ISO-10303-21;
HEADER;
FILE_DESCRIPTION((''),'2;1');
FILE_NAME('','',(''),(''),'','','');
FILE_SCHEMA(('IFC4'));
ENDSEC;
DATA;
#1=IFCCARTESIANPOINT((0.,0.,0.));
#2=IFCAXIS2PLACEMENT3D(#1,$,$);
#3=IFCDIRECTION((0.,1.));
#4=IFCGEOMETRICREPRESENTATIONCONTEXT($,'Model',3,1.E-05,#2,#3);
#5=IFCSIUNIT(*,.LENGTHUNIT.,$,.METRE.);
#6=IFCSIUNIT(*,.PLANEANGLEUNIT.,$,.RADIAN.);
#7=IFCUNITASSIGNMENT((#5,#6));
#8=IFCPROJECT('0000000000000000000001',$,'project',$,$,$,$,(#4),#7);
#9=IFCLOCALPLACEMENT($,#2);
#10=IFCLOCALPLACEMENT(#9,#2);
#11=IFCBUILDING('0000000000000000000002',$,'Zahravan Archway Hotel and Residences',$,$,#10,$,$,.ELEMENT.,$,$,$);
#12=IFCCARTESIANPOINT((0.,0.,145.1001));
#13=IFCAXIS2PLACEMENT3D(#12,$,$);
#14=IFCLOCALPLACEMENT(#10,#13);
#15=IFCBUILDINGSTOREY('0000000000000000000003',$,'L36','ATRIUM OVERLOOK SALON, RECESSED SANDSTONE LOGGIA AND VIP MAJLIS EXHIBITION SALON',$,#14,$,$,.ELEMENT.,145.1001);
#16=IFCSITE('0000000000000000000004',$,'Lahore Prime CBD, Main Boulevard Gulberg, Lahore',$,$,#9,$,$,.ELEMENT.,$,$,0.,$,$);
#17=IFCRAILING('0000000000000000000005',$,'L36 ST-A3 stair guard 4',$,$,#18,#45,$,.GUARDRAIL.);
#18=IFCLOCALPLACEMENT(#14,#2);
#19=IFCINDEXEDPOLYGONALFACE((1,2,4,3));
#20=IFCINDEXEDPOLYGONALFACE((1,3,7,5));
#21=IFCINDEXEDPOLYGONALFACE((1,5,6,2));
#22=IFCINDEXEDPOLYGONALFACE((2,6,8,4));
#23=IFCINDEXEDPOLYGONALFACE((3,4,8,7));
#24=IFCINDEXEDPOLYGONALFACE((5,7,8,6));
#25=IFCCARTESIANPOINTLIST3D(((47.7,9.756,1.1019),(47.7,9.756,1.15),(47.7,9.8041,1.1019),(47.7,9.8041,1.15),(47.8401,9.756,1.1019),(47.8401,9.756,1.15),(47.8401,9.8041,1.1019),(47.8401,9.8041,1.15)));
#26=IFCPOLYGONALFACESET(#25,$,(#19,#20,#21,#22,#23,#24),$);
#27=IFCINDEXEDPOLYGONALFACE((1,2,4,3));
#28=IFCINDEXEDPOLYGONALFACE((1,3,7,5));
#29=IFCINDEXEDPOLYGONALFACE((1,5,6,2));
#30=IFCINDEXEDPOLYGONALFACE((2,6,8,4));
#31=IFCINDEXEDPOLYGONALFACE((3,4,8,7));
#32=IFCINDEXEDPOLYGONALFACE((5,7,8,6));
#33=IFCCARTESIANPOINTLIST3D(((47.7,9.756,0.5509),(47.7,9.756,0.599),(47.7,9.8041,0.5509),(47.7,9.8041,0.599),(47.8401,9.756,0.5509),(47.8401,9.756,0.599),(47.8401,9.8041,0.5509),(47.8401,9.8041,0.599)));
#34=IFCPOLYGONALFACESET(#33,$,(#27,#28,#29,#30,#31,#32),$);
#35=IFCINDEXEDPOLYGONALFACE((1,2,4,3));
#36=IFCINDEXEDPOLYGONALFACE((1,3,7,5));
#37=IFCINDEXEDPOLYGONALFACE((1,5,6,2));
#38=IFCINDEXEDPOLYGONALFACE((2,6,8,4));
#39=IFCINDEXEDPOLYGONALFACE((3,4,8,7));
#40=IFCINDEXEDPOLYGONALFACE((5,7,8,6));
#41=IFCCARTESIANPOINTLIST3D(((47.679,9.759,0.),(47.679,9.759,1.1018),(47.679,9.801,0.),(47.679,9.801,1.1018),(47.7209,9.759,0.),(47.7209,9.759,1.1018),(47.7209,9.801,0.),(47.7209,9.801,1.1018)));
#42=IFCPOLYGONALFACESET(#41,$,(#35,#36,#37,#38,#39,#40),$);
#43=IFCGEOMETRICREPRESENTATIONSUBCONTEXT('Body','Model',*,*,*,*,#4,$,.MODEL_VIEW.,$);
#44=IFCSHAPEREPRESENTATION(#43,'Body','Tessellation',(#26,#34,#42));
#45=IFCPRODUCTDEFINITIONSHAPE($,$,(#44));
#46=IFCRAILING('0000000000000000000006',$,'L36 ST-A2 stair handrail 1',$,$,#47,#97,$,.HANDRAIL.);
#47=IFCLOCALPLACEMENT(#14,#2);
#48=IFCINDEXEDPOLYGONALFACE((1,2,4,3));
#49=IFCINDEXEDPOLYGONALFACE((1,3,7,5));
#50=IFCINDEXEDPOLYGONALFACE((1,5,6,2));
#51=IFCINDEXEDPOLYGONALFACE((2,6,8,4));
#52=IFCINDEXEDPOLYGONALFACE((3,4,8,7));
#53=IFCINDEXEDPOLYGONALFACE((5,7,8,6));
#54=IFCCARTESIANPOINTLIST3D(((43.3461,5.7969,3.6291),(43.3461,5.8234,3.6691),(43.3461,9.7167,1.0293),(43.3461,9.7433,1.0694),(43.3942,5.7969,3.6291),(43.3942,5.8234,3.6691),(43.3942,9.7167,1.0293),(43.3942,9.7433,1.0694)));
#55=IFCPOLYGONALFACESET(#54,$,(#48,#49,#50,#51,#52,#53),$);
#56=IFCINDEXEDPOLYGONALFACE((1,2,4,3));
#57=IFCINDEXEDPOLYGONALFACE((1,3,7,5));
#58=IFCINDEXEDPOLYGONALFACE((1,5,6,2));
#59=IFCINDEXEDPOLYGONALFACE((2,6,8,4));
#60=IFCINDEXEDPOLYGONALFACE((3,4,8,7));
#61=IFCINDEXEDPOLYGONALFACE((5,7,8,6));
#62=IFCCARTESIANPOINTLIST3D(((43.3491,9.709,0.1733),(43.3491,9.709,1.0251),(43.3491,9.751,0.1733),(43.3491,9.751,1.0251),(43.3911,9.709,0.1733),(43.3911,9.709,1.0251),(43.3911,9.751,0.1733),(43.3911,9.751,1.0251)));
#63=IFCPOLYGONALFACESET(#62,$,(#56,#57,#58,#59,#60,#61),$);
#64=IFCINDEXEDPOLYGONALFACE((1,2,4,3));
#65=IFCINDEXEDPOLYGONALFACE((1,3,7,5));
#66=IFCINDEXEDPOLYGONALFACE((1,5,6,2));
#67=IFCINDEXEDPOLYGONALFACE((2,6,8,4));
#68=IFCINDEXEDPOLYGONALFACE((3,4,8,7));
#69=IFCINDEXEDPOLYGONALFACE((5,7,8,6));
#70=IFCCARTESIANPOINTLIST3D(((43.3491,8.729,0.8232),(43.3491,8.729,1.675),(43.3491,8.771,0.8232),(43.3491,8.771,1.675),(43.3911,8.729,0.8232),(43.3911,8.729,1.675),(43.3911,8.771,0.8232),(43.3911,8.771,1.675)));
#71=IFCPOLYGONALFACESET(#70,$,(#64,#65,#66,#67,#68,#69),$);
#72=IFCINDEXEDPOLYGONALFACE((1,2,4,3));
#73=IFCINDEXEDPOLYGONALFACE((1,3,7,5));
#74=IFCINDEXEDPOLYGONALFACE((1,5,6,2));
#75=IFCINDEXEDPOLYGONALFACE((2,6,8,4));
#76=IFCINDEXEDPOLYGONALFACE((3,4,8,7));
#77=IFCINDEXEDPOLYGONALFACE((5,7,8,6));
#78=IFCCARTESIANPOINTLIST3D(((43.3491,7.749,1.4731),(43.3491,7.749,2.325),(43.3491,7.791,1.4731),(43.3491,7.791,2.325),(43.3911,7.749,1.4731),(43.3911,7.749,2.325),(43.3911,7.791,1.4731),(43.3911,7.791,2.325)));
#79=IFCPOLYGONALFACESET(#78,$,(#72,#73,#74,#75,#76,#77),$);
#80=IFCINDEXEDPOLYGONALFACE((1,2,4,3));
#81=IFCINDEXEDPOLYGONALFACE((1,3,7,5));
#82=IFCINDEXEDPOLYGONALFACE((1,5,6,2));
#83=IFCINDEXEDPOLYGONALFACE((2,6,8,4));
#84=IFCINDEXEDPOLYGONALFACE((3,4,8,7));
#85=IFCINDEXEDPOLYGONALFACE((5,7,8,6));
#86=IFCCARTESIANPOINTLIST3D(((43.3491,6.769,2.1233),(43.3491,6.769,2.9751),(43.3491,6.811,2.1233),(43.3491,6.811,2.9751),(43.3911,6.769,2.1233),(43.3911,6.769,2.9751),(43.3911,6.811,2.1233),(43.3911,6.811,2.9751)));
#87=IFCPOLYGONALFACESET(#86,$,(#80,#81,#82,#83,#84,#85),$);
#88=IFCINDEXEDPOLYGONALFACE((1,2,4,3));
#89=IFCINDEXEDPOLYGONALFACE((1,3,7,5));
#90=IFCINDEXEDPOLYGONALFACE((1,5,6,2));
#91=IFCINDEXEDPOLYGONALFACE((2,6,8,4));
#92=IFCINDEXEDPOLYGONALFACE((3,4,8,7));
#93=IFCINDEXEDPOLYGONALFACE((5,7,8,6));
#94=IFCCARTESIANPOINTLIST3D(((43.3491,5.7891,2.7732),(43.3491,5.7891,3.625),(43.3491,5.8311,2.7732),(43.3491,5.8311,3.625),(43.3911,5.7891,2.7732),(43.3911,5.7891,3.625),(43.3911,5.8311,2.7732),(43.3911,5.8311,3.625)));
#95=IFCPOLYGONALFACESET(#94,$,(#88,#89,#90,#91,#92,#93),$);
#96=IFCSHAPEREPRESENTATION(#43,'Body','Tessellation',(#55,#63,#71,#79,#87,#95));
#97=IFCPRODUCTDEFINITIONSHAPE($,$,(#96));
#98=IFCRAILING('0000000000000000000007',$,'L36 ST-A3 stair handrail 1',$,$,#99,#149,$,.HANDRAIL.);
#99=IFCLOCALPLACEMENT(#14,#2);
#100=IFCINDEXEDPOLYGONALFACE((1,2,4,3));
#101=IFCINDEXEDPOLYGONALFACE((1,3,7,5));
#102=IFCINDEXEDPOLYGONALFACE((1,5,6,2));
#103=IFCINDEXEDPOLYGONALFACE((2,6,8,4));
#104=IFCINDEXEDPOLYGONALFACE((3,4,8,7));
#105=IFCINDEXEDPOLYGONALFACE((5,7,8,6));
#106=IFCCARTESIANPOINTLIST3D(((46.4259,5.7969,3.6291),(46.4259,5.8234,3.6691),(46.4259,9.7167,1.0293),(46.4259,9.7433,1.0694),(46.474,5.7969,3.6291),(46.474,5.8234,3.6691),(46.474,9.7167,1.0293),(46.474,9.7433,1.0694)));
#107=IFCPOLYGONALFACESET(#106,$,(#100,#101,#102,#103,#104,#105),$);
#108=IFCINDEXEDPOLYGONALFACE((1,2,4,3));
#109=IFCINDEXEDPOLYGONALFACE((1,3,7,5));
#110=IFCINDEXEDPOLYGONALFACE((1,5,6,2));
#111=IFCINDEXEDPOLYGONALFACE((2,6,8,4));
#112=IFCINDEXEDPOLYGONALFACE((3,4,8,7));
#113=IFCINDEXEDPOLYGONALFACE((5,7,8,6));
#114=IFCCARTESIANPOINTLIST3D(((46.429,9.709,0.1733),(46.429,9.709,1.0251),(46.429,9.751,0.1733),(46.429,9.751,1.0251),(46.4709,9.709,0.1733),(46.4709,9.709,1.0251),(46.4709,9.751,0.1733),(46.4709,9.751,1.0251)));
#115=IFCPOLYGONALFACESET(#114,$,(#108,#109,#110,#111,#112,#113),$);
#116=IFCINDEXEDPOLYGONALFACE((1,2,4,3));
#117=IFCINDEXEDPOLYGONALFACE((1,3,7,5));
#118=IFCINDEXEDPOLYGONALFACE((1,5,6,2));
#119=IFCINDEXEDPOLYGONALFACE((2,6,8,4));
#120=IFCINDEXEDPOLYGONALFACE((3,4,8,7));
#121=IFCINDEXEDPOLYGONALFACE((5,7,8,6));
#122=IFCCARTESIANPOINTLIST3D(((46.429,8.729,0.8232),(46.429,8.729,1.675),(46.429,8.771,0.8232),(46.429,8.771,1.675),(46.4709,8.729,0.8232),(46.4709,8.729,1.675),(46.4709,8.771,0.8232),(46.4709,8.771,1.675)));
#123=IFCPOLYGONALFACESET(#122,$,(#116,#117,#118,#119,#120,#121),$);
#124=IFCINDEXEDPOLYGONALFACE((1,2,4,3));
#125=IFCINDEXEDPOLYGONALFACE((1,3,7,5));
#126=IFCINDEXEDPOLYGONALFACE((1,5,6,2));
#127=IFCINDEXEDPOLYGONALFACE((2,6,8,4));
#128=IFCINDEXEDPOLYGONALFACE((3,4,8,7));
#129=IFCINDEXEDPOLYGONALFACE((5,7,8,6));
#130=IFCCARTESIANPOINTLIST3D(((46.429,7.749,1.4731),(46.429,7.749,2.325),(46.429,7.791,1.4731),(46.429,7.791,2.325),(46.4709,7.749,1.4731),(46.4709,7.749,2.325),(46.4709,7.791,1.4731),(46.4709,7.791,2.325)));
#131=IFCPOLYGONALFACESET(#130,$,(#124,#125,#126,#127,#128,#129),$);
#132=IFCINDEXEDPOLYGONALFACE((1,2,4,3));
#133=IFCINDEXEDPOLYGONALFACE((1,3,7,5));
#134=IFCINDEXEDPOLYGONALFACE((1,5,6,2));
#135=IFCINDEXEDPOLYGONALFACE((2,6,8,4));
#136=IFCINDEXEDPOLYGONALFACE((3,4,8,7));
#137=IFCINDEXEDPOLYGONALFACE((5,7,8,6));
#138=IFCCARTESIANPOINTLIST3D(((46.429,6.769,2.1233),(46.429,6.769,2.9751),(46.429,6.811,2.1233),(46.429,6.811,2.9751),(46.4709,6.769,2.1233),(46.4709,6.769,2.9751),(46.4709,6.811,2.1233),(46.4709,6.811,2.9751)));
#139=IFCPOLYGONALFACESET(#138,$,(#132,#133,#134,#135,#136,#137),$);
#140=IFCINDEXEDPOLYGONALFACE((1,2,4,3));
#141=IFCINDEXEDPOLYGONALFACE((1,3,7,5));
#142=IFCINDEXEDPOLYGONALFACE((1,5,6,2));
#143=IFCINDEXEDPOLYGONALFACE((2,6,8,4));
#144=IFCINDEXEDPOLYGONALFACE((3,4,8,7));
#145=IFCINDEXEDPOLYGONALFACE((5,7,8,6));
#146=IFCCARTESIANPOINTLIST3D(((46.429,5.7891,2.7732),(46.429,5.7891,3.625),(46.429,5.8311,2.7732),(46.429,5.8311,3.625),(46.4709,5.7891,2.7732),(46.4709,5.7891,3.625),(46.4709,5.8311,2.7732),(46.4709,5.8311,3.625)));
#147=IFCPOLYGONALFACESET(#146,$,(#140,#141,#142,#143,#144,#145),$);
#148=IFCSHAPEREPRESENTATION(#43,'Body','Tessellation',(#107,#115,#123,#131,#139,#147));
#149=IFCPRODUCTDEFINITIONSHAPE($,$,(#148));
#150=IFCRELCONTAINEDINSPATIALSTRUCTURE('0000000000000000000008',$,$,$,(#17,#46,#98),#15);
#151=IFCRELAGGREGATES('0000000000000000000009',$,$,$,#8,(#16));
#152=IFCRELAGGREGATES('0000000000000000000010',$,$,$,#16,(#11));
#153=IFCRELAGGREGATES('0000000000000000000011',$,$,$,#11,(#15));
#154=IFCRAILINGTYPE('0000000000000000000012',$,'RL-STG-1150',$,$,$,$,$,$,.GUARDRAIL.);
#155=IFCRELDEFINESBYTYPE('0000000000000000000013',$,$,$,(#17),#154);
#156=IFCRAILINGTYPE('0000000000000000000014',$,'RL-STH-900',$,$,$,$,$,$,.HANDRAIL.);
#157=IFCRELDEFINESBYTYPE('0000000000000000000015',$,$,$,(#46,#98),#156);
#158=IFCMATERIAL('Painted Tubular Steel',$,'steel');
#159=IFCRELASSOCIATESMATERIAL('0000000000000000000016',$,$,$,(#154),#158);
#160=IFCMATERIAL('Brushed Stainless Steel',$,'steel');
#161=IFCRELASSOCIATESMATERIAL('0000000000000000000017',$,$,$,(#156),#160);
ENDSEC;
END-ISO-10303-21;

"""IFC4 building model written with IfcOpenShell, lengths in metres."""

from ifc_helpers import new_model, si_unit, direction, frame, origin, origin_2d, place, context, subcontext, project, spatial, rectangle, extrude, material, type_object, element, save


model = new_model("IFC4")

# Units and contexts
model_context = context("Model", 3, precision=1e-05, world=origin(), true_north=direction((0.0, 1.0)))
body_context = subcontext(model_context, "Body", "Model", "MODEL_VIEW")
ifc_project = project(units=[si_unit("LENGTHUNIT", "METRE"), si_unit("PLANEANGLEUNIT", "RADIAN")], contexts=[model_context])

# Site, building, storey
site_placement = place(None, origin())
site = spatial("IfcSite", under=ifc_project, at=site_placement, Name="Lahore Prime CBD, Main Boulevard Gulberg, Lahore", CompositionType="ELEMENT", RefElevation=0.0)
building_placement = place(site_placement, origin())
building = spatial("IfcBuilding", under=site, at=building_placement, Name="Zahravan Archway Hotel and Residences", CompositionType="ELEMENT")
storey_placement = place(building_placement, frame((0.0, 0.0, 145.1001)))
storey = spatial("IfcBuildingStorey", under=building, at=storey_placement, Name="L36", Description="ATRIUM OVERLOOK SALON, RECESSED SANDSTONE LOGGIA AND VIP MAJLIS EXHIBITION SALON", CompositionType="ELEMENT", Elevation=145.1001)

# Railings
ifc_material_1 = material(Name="Painted Tubular Steel", Category="steel")
railing_type_1 = type_object("IfcRailingType", Name="RL-STG-1150", PredefinedType="GUARDRAIL", material=ifc_material_1)
railing_1_placement = place(storey_placement, frame((47.7, 9.78, 0.0)))
element("IfcRailing", 1, at=railing_1_placement, inside=storey, type_object=railing_type_1, Name="L36 ST-A3 stair guard 4", PredefinedType="GUARDRAIL", context=body_context, shape_type="SweptSolid", body=[
    extrude(rectangle(XDim=0.0481, YDim=0.0481, at=origin_2d()), frame((0.0, 0.0, 1.126), z_axis=(1.0, 0.0, 0.0), x_axis=(0.0, 1.0, 0.0)), (0.0, 0.0, 1.0), 0.1401),
    extrude(rectangle(XDim=0.0481, YDim=0.0481, at=origin_2d()), frame((0.0, 0.0, 0.575), z_axis=(1.0, 0.0, 0.0), x_axis=(0.0, 1.0, 0.0)), (0.0, 0.0, 1.0), 0.1401),
    extrude(rectangle(XDim=0.042, YDim=0.042, at=origin_2d()), origin(), (0.0, 0.0, 1.0), 1.1018),
])
ifc_material_2 = material(Name="Brushed Stainless Steel", Category="steel")
railing_type_2 = type_object("IfcRailingType", Name="RL-STH-900", PredefinedType="HANDRAIL", material=ifc_material_2)
for number, where, name in (
    (2, (43.3701, 9.73, 0.1733), "L36 ST-A2 stair handrail 1"),
    (3, (46.45, 9.73, 0.1733), "L36 ST-A3 stair handrail 1"),
):
    element("IfcRailing", number, at=place(storey_placement, frame(where)), inside=storey, type_object=railing_type_2, Name=name, PredefinedType="HANDRAIL", context=body_context, shape_type="SweptSolid", body=[
        extrude(rectangle(XDim=0.0481, YDim=0.0481, at=origin_2d()), frame((0.0, 0.0, 0.876), z_axis=(0.0, -0.833366, 0.552722), x_axis=(1.0, 0.0, 0.0)), (0.0, 0.0, 1.0), 4.7036),
        extrude(rectangle(XDim=0.042, YDim=0.042, at=origin_2d()), origin(), (0.0, 0.0, 1.0), 0.8518),
        extrude(rectangle(XDim=0.042, YDim=0.042, at=origin_2d()), frame((0.0, -0.98, 0.6499)), (0.0, 0.0, 1.0), 0.8518),
        extrude(rectangle(XDim=0.042, YDim=0.042, at=origin_2d()), frame((0.0, -1.96, 1.2998)), (0.0, 0.0, 1.0), 0.8518),
        extrude(rectangle(XDim=0.042, YDim=0.042, at=origin_2d()), frame((0.0, -2.9399, 1.95)), (0.0, 0.0, 1.0), 0.8518),
        extrude(rectangle(XDim=0.042, YDim=0.042, at=origin_2d()), frame((0.0, -3.9199, 2.5999)), (0.0, 0.0, 1.0), 0.8518),
    ])

save(model, "model.ifc")
